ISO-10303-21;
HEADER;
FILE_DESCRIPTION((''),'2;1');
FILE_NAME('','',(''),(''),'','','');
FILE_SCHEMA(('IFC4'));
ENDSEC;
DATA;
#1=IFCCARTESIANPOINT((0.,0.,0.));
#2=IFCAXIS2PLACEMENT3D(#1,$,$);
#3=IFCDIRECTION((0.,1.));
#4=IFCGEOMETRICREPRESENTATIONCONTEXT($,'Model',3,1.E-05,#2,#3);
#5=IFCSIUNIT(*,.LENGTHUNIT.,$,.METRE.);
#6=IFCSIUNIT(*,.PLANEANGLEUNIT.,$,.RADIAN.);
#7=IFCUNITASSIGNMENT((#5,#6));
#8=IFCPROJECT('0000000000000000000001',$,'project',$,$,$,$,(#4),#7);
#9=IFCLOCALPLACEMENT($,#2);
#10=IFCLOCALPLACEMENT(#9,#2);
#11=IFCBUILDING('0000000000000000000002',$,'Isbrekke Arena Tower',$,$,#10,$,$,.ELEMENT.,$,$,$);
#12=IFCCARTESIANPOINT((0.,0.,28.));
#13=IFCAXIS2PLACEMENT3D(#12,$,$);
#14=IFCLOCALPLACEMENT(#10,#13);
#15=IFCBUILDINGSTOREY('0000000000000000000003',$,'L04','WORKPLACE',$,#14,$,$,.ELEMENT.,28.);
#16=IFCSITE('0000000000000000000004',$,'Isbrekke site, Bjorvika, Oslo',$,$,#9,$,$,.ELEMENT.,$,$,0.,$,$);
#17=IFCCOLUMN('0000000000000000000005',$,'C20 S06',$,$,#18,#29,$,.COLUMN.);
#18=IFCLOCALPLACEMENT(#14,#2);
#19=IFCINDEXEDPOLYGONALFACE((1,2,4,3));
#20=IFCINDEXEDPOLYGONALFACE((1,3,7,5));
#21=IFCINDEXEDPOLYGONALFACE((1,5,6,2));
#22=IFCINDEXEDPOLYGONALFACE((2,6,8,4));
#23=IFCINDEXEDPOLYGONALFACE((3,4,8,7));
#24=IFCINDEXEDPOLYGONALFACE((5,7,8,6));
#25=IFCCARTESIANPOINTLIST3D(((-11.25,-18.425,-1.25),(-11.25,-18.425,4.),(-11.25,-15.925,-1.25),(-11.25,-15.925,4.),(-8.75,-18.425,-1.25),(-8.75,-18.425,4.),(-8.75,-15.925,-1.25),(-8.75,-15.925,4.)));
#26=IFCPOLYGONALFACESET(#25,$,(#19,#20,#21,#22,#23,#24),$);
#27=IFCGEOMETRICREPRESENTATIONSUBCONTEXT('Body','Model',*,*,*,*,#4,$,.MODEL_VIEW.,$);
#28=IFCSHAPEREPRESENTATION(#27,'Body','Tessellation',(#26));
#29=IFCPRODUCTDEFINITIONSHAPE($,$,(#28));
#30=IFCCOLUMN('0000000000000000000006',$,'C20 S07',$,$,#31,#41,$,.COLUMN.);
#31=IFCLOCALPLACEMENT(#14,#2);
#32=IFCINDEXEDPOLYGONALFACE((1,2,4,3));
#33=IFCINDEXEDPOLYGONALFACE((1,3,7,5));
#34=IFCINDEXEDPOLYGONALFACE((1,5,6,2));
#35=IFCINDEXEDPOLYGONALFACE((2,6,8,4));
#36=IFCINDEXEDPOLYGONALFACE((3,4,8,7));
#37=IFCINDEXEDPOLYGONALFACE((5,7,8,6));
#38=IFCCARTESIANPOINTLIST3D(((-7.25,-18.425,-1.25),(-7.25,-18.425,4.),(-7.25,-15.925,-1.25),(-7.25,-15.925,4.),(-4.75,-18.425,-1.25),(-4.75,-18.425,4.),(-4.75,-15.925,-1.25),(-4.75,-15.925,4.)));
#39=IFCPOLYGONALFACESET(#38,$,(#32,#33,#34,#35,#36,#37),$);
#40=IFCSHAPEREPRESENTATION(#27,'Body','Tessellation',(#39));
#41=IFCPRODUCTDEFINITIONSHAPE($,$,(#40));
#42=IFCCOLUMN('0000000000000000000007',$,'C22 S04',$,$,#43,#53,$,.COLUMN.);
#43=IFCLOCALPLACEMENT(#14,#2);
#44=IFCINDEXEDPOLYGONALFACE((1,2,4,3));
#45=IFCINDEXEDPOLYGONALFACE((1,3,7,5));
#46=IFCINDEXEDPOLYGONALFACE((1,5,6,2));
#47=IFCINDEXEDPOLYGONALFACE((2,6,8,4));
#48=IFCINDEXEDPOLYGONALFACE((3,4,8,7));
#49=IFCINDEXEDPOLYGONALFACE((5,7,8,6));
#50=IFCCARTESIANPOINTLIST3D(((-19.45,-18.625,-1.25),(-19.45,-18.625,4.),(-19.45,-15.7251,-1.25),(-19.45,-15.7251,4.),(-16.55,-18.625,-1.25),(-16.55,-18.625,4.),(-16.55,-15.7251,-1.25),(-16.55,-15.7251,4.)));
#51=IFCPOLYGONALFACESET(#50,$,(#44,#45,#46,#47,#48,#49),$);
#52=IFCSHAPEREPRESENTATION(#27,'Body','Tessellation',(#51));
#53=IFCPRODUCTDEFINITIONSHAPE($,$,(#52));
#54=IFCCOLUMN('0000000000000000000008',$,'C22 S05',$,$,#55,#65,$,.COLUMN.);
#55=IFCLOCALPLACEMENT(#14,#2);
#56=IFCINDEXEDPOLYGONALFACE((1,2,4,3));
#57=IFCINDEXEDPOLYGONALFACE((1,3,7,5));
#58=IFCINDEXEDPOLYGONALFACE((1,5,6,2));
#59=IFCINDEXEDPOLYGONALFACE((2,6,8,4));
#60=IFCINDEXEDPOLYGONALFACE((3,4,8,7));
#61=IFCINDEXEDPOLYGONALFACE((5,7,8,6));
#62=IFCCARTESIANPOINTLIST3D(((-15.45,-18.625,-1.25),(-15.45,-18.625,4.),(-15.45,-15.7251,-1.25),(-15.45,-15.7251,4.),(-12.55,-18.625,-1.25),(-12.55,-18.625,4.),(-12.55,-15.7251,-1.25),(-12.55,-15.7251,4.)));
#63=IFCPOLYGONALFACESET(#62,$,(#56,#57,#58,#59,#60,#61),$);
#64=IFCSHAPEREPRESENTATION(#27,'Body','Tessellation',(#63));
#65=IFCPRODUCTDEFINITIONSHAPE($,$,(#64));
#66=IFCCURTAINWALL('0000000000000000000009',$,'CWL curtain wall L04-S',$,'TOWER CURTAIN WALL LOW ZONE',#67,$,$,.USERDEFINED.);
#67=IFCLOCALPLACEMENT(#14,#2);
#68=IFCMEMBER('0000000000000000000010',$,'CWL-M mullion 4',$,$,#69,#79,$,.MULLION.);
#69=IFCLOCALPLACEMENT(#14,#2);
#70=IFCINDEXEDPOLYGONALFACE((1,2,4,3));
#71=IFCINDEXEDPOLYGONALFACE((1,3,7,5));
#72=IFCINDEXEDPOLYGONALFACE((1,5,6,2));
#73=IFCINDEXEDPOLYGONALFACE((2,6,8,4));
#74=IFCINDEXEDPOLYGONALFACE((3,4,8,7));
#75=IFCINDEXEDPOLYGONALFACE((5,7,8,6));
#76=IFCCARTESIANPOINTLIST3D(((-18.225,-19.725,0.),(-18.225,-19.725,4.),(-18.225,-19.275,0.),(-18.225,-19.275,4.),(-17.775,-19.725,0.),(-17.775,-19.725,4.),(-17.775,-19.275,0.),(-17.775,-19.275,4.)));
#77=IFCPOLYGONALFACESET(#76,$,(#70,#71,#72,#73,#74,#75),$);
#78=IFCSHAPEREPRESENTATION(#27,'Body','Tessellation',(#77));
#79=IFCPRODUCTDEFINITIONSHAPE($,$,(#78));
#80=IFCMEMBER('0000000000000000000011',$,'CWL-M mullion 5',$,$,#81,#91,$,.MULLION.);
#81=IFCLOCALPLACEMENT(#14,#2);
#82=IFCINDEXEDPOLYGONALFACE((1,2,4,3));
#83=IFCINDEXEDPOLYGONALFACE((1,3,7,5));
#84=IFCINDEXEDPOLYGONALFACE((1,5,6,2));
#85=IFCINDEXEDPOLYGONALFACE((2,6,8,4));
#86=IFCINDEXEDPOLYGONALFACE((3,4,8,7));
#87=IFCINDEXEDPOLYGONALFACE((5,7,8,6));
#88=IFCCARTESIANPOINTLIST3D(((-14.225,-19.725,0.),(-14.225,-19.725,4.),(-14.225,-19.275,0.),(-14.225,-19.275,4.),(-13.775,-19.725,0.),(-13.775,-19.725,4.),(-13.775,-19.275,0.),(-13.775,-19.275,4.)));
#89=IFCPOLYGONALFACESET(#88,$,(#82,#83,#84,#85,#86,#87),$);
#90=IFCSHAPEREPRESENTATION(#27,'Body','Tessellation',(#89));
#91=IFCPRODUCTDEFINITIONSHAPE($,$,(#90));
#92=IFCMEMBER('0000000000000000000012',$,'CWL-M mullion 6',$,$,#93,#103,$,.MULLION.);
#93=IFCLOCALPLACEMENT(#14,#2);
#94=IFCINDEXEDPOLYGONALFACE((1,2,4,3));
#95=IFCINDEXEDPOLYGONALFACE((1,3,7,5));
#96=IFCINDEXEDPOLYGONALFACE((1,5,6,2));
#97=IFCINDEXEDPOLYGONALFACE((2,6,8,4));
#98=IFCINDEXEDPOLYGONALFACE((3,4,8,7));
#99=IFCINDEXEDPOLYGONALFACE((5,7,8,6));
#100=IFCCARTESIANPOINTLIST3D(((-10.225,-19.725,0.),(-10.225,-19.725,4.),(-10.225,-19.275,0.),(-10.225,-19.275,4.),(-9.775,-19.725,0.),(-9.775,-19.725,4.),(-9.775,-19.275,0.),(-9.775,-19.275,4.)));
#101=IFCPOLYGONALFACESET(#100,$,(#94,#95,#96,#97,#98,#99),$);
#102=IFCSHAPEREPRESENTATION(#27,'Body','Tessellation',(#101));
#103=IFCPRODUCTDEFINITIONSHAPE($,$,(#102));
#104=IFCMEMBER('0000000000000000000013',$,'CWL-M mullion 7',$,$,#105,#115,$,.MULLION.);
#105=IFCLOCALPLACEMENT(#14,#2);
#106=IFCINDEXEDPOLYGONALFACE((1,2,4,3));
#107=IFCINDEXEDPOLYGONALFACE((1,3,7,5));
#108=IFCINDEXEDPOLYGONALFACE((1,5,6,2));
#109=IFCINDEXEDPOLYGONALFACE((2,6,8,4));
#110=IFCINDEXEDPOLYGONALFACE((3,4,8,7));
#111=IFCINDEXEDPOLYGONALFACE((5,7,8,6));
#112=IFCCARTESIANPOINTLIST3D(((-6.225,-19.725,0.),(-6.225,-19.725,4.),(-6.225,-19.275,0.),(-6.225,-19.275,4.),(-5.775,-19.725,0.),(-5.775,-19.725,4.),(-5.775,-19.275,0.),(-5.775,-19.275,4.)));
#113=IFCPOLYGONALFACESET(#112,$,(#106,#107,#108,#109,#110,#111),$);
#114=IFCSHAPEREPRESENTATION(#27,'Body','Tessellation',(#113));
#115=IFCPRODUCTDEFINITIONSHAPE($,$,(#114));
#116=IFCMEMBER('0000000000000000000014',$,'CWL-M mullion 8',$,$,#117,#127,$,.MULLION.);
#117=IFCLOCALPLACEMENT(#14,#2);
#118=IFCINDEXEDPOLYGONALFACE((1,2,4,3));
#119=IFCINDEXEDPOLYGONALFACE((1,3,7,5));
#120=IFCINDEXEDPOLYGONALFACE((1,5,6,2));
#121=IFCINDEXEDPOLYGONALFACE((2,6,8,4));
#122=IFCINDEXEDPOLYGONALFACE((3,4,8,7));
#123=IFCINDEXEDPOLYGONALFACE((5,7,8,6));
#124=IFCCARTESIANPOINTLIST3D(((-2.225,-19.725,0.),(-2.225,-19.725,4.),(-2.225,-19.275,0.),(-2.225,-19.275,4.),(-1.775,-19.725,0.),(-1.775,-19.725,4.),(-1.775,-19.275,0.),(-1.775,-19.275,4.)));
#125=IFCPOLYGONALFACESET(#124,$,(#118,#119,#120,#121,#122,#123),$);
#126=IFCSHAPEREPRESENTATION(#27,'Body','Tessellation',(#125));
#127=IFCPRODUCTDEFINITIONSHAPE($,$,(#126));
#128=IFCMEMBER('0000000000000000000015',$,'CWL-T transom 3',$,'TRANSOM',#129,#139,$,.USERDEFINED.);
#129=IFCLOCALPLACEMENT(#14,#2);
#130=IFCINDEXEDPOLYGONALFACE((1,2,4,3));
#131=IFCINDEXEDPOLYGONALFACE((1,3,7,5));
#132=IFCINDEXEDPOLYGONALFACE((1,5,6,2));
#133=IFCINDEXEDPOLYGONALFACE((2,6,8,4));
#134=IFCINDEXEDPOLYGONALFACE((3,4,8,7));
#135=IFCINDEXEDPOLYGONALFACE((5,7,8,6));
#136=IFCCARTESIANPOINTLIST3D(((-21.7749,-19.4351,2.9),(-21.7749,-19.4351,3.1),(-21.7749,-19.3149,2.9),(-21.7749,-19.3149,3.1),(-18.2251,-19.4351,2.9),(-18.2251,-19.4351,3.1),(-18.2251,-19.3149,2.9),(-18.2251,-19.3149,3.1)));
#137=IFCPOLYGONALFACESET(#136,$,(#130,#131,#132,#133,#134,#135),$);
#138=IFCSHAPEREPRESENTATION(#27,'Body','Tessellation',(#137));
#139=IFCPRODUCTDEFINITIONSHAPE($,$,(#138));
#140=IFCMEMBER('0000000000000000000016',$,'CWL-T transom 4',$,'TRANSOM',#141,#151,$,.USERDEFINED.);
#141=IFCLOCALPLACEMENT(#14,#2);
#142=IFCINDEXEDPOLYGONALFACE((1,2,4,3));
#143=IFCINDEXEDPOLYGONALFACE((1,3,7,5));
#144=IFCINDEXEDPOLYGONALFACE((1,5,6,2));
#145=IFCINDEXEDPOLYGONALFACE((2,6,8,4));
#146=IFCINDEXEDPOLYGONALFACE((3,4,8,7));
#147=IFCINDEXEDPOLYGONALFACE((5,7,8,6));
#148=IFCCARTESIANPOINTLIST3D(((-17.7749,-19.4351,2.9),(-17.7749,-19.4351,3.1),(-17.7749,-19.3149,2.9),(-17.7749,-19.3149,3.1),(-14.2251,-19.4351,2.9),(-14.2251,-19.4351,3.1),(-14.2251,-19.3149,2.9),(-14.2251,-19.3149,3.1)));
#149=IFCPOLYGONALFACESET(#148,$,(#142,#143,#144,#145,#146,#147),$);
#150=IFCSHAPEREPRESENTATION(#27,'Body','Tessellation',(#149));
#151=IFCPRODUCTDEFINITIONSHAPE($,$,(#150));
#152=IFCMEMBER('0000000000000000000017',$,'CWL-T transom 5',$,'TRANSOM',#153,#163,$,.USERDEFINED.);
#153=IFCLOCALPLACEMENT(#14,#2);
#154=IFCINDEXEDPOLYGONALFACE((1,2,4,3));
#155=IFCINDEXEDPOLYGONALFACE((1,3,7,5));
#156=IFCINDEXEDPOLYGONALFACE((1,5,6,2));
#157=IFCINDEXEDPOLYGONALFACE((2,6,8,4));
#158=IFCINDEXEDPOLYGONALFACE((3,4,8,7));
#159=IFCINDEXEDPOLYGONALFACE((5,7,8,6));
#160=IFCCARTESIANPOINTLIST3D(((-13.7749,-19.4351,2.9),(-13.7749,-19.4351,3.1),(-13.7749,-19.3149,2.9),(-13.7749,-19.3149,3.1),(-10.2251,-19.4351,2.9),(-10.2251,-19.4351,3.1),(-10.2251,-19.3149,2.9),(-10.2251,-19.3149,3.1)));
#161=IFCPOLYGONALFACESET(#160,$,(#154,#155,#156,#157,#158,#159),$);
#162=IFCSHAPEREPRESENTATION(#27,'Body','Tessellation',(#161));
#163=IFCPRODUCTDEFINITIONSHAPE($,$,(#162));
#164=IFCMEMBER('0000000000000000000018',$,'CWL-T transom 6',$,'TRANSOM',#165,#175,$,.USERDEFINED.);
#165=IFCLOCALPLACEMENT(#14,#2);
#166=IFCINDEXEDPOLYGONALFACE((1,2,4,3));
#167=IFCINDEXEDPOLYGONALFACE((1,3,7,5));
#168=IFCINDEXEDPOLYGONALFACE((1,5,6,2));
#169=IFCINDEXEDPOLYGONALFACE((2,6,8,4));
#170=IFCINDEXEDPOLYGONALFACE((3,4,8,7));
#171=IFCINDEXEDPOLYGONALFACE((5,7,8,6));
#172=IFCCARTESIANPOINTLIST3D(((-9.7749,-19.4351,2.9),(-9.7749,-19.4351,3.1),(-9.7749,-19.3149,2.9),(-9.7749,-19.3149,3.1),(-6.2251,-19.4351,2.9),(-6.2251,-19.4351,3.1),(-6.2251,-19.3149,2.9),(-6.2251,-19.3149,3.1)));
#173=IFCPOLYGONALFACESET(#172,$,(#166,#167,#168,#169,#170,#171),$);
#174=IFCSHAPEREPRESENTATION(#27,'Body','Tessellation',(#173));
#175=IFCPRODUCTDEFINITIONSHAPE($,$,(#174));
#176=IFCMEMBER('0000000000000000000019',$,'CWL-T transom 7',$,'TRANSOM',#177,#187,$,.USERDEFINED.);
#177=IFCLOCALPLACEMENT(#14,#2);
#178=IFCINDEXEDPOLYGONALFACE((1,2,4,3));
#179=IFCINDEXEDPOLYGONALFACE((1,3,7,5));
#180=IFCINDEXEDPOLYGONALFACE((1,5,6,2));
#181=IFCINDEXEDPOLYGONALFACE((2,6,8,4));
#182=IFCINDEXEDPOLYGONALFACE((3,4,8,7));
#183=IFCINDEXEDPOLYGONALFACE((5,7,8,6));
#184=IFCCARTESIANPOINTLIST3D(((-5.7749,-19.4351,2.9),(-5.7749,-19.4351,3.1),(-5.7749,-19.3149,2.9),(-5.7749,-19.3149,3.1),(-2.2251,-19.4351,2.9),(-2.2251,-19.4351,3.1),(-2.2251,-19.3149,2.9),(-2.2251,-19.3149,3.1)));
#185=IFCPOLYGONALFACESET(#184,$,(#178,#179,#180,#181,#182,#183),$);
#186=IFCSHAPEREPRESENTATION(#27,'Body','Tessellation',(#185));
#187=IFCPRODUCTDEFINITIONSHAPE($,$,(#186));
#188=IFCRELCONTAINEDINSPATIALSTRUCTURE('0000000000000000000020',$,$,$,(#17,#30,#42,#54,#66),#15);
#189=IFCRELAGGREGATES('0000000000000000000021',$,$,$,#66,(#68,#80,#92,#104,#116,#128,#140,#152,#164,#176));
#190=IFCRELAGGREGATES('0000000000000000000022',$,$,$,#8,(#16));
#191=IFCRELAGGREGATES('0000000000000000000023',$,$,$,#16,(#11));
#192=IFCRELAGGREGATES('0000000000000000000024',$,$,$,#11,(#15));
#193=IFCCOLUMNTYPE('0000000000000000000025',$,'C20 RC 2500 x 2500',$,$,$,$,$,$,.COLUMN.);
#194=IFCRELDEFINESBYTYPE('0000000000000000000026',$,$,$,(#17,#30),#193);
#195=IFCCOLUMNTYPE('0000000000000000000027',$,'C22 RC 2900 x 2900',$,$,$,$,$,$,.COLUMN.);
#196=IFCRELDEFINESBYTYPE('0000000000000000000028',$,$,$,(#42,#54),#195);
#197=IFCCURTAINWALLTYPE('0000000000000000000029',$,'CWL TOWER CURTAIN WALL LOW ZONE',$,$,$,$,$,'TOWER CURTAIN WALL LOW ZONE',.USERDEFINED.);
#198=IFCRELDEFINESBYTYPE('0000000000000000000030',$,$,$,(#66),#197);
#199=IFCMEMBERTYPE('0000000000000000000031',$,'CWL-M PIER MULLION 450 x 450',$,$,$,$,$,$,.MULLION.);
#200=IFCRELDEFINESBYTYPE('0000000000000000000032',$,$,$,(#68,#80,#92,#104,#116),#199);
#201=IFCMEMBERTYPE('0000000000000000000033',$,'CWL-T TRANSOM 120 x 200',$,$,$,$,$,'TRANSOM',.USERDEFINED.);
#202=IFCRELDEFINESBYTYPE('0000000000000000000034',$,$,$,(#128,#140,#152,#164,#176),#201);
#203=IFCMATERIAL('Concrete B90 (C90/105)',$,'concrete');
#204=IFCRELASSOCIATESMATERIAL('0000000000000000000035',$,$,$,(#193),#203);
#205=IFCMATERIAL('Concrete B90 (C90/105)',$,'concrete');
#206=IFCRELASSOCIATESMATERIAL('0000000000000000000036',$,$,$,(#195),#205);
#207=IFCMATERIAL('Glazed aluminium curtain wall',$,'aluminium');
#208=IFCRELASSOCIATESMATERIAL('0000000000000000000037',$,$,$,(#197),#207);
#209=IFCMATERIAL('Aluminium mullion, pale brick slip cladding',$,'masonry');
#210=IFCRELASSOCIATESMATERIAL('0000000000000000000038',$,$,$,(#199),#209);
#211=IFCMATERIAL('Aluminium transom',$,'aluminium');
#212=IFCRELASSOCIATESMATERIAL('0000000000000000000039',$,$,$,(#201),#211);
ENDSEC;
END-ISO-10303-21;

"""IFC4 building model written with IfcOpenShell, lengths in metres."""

from ifc_helpers import new_model, si_unit, direction, frame, origin, origin_2d, place, context, subcontext, project, spatial, rectangle, extrude, material, material_profile, profile_set, type_object, element, aggregate, save


model = new_model("IFC4")

# Units and contexts
model_context = context("Model", 3, precision=1e-05, world=origin(), true_north=direction((0.0, 1.0)))
body_context = subcontext(model_context, "Body", "Model", "MODEL_VIEW")
ifc_project = project(units=[si_unit("LENGTHUNIT", "METRE"), si_unit("PLANEANGLEUNIT", "RADIAN")], contexts=[model_context])

# Site, building, storey
site_placement = place(None, origin())
site = spatial("IfcSite", under=ifc_project, at=site_placement, Name="Isbrekke site, Bjorvika, Oslo", CompositionType="ELEMENT", RefElevation=0.0)
building_placement = place(site_placement, origin())
building = spatial("IfcBuilding", under=site, at=building_placement, Name="Isbrekke Arena Tower", CompositionType="ELEMENT")
storey_placement = place(building_placement, frame((0.0, 0.0, 28.0)))
storey = spatial("IfcBuildingStorey", under=building, at=storey_placement, Name="L04", Description="WORKPLACE", CompositionType="ELEMENT", Elevation=28.0)

# Columns
ifc_material_1 = material(Name="Concrete B90 (C90/105)", Category="concrete")
ifc_material_profile_1 = material_profile(ifc_material_1, rectangle(XDim=2.5, YDim=2.5, at=origin_2d()), Name="RC 2500x2500")
ifc_profile_set_1 = profile_set([ifc_material_profile_1], Name="Concrete B90 (C90/105)")
column_type_1 = type_object("IfcColumnType", Name="C20 RC 2500 x 2500", PredefinedType="COLUMN", material=ifc_profile_set_1)
for number, where, z_axis, x_axis, name in (
    (1, (-10.0, -17.175, -1.25), (0.0, 0.0, 1.0), (1.0, 0.0, 0.0), "C20 S06"),
    (2, (-6.0, -17.175, -1.25), (0.0, 0.0, 1.0), (1.0, 0.0, 0.0), "C20 S07"),
):
    element("IfcColumn", number, at=place(storey_placement, frame(where, z_axis=z_axis, x_axis=x_axis)), inside=storey, type_object=column_type_1, Name=name, PredefinedType="COLUMN", context=body_context, shape_type="SweptSolid", body=[
        extrude(rectangle(XDim=2.5, YDim=2.5, at=origin_2d()), origin(), (0.0, 0.0, 1.0), 5.25),
    ])
ifc_material_2 = material(Name="Concrete B90 (C90/105)", Category="concrete")
ifc_material_profile_2 = material_profile(ifc_material_2, rectangle(XDim=2.8999, YDim=2.8999, at=origin_2d()), Name="RC 2900x2900")
ifc_profile_set_2 = profile_set([ifc_material_profile_2], Name="Concrete B90 (C90/105)")
column_type_2 = type_object("IfcColumnType", Name="C22 RC 2900 x 2900", PredefinedType="COLUMN", material=ifc_profile_set_2)
for number, where, z_axis, x_axis, name in (
    (3, (-18.0, -17.175, -1.25), (0.0, 0.0, 1.0), (1.0, 0.0, 0.0), "C22 S04"),
    (4, (-14.0, -17.175, -1.25), (0.0, 0.0, 1.0), (1.0, 0.0, 0.0), "C22 S05"),
):
    element("IfcColumn", number, at=place(storey_placement, frame(where, z_axis=z_axis, x_axis=x_axis)), inside=storey, type_object=column_type_2, Name=name, PredefinedType="COLUMN", context=body_context, shape_type="SweptSolid", body=[
        extrude(rectangle(XDim=2.8999, YDim=2.8999, at=origin_2d()), origin(), (0.0, 0.0, 1.0), 5.25),
    ])

# Curtain wall, members
ifc_material_3 = material(Name="Glazed aluminium curtain wall", Category="aluminium")
curtain_wall_type = type_object("IfcCurtainWallType", Name="CWL TOWER CURTAIN WALL LOW ZONE", ElementType="TOWER CURTAIN WALL LOW ZONE", PredefinedType="USERDEFINED", material=ifc_material_3)
curtain_wall_placement = place(storey_placement, origin())
curtain_wall = element("IfcCurtainWall", 5, at=curtain_wall_placement, inside=storey, type_object=curtain_wall_type, Name="CWL curtain wall L04-S", ObjectType="TOWER CURTAIN WALL LOW ZONE", PredefinedType="USERDEFINED")
ifc_material_4 = material(Name="Aluminium mullion, pale brick slip cladding", Category="masonry")
ifc_material_profile_3 = material_profile(ifc_material_4, rectangle(XDim=0.45, YDim=0.45, at=origin_2d()), Name="PIER 450X450")
ifc_profile_set_3 = profile_set([ifc_material_profile_3], Name="Aluminium mullion, pale brick slip cladding")
member_type_1 = type_object("IfcMemberType", Name="CWL-M PIER MULLION 450 x 450", PredefinedType="MULLION", material=ifc_profile_set_3)
member_1_placement = place(storey_placement, frame((-18.0, -19.5, 0.0), z_axis=(0.0, 0.0, 1.0), x_axis=(1.0, 0.0, 0.0)))
member_1 = element("IfcMember", 6, at=member_1_placement, type_object=member_type_1, Name="CWL-M mullion 4", PredefinedType="MULLION", context=body_context, shape_type="SweptSolid", body=[
    extrude(rectangle(XDim=0.45, YDim=0.45, at=origin_2d()), origin(), (0.0, 0.0, 1.0), 4.0),
])
member_2_placement = place(storey_placement, frame((-14.0, -19.5, 0.0), z_axis=(0.0, 0.0, 1.0), x_axis=(1.0, 0.0, 0.0)))
member_2 = element("IfcMember", 7, at=member_2_placement, type_object=member_type_1, Name="CWL-M mullion 5", PredefinedType="MULLION", context=body_context, shape_type="SweptSolid", body=[
    extrude(rectangle(XDim=0.45, YDim=0.45, at=origin_2d()), origin(), (0.0, 0.0, 1.0), 4.0),
])
member_3_placement = place(storey_placement, frame((-10.0, -19.5, 0.0), z_axis=(0.0, 0.0, 1.0), x_axis=(1.0, 0.0, 0.0)))
member_3 = element("IfcMember", 8, at=member_3_placement, type_object=member_type_1, Name="CWL-M mullion 6", PredefinedType="MULLION", context=body_context, shape_type="SweptSolid", body=[
    extrude(rectangle(XDim=0.45, YDim=0.45, at=origin_2d()), origin(), (0.0, 0.0, 1.0), 4.0),
])
member_4_placement = place(storey_placement, frame((-6.0, -19.5, 0.0), z_axis=(0.0, 0.0, 1.0), x_axis=(1.0, 0.0, 0.0)))
member_4 = element("IfcMember", 9, at=member_4_placement, type_object=member_type_1, Name="CWL-M mullion 7", PredefinedType="MULLION", context=body_context, shape_type="SweptSolid", body=[
    extrude(rectangle(XDim=0.45, YDim=0.45, at=origin_2d()), origin(), (0.0, 0.0, 1.0), 4.0),
])
member_5_placement = place(storey_placement, frame((-2.0, -19.5, 0.0), z_axis=(0.0, 0.0, 1.0), x_axis=(1.0, 0.0, 0.0)))
member_5 = element("IfcMember", 10, at=member_5_placement, type_object=member_type_1, Name="CWL-M mullion 8", PredefinedType="MULLION", context=body_context, shape_type="SweptSolid", body=[
    extrude(rectangle(XDim=0.45, YDim=0.45, at=origin_2d()), origin(), (0.0, 0.0, 1.0), 4.0),
])
ifc_material_5 = material(Name="Aluminium transom", Category="aluminium")
ifc_material_profile_4 = material_profile(ifc_material_5, rectangle(XDim=0.1201, YDim=0.2, at=origin_2d()), Name="TRANSOM 120X200")
ifc_profile_set_4 = profile_set([ifc_material_profile_4], Name="Aluminium transom")
member_type_2 = type_object("IfcMemberType", Name="CWL-T TRANSOM 120 x 200", ElementType="TRANSOM", PredefinedType="USERDEFINED", material=ifc_profile_set_4)
member_6_placement = place(storey_placement, frame((-21.7749, -19.375, 3.0), z_axis=(1.0, 0.0, 0.0), x_axis=(0.0, 1.0, 0.0)))
member_6 = element("IfcMember", 11, at=member_6_placement, type_object=member_type_2, Name="CWL-T transom 3", ObjectType="TRANSOM", PredefinedType="USERDEFINED", context=body_context, shape_type="SweptSolid", body=[
    extrude(rectangle(XDim=0.1201, YDim=0.2, at=origin_2d()), origin(), (0.0, 0.0, 1.0), 3.5498),
])
member_7_placement = place(storey_placement, frame((-17.7749, -19.375, 3.0), z_axis=(1.0, 0.0, 0.0), x_axis=(0.0, 1.0, 0.0)))
member_7 = element("IfcMember", 12, at=member_7_placement, type_object=member_type_2, Name="CWL-T transom 4", ObjectType="TRANSOM", PredefinedType="USERDEFINED", context=body_context, shape_type="SweptSolid", body=[
    extrude(rectangle(XDim=0.1201, YDim=0.2, at=origin_2d()), origin(), (0.0, 0.0, 1.0), 3.5498),
])
member_8_placement = place(storey_placement, frame((-13.7749, -19.375, 3.0), z_axis=(1.0, 0.0, 0.0), x_axis=(0.0, 1.0, 0.0)))
member_8 = element("IfcMember", 13, at=member_8_placement, type_object=member_type_2, Name="CWL-T transom 5", ObjectType="TRANSOM", PredefinedType="USERDEFINED", context=body_context, shape_type="SweptSolid", body=[
    extrude(rectangle(XDim=0.1201, YDim=0.2, at=origin_2d()), origin(), (0.0, 0.0, 1.0), 3.5498),
])
member_9_placement = place(storey_placement, frame((-9.7749, -19.375, 3.0), z_axis=(1.0, 0.0, 0.0), x_axis=(0.0, 1.0, 0.0)))
member_9 = element("IfcMember", 14, at=member_9_placement, type_object=member_type_2, Name="CWL-T transom 6", ObjectType="TRANSOM", PredefinedType="USERDEFINED", context=body_context, shape_type="SweptSolid", body=[
    extrude(rectangle(XDim=0.1201, YDim=0.2, at=origin_2d()), origin(), (0.0, 0.0, 1.0), 3.5498),
])
member_10_placement = place(storey_placement, frame((-5.7749, -19.375, 3.0), z_axis=(1.0, 0.0, 0.0), x_axis=(0.0, 1.0, 0.0)))
member_10 = element("IfcMember", 15, at=member_10_placement, type_object=member_type_2, Name="CWL-T transom 7", ObjectType="TRANSOM", PredefinedType="USERDEFINED", context=body_context, shape_type="SweptSolid", body=[
    extrude(rectangle(XDim=0.1201, YDim=0.2, at=origin_2d()), origin(), (0.0, 0.0, 1.0), 3.5498),
])

aggregate(curtain_wall, [member_1, member_2, member_3, member_4, member_5, member_6, member_7, member_8, member_9, member_10])

save(model, "model.ifc")
